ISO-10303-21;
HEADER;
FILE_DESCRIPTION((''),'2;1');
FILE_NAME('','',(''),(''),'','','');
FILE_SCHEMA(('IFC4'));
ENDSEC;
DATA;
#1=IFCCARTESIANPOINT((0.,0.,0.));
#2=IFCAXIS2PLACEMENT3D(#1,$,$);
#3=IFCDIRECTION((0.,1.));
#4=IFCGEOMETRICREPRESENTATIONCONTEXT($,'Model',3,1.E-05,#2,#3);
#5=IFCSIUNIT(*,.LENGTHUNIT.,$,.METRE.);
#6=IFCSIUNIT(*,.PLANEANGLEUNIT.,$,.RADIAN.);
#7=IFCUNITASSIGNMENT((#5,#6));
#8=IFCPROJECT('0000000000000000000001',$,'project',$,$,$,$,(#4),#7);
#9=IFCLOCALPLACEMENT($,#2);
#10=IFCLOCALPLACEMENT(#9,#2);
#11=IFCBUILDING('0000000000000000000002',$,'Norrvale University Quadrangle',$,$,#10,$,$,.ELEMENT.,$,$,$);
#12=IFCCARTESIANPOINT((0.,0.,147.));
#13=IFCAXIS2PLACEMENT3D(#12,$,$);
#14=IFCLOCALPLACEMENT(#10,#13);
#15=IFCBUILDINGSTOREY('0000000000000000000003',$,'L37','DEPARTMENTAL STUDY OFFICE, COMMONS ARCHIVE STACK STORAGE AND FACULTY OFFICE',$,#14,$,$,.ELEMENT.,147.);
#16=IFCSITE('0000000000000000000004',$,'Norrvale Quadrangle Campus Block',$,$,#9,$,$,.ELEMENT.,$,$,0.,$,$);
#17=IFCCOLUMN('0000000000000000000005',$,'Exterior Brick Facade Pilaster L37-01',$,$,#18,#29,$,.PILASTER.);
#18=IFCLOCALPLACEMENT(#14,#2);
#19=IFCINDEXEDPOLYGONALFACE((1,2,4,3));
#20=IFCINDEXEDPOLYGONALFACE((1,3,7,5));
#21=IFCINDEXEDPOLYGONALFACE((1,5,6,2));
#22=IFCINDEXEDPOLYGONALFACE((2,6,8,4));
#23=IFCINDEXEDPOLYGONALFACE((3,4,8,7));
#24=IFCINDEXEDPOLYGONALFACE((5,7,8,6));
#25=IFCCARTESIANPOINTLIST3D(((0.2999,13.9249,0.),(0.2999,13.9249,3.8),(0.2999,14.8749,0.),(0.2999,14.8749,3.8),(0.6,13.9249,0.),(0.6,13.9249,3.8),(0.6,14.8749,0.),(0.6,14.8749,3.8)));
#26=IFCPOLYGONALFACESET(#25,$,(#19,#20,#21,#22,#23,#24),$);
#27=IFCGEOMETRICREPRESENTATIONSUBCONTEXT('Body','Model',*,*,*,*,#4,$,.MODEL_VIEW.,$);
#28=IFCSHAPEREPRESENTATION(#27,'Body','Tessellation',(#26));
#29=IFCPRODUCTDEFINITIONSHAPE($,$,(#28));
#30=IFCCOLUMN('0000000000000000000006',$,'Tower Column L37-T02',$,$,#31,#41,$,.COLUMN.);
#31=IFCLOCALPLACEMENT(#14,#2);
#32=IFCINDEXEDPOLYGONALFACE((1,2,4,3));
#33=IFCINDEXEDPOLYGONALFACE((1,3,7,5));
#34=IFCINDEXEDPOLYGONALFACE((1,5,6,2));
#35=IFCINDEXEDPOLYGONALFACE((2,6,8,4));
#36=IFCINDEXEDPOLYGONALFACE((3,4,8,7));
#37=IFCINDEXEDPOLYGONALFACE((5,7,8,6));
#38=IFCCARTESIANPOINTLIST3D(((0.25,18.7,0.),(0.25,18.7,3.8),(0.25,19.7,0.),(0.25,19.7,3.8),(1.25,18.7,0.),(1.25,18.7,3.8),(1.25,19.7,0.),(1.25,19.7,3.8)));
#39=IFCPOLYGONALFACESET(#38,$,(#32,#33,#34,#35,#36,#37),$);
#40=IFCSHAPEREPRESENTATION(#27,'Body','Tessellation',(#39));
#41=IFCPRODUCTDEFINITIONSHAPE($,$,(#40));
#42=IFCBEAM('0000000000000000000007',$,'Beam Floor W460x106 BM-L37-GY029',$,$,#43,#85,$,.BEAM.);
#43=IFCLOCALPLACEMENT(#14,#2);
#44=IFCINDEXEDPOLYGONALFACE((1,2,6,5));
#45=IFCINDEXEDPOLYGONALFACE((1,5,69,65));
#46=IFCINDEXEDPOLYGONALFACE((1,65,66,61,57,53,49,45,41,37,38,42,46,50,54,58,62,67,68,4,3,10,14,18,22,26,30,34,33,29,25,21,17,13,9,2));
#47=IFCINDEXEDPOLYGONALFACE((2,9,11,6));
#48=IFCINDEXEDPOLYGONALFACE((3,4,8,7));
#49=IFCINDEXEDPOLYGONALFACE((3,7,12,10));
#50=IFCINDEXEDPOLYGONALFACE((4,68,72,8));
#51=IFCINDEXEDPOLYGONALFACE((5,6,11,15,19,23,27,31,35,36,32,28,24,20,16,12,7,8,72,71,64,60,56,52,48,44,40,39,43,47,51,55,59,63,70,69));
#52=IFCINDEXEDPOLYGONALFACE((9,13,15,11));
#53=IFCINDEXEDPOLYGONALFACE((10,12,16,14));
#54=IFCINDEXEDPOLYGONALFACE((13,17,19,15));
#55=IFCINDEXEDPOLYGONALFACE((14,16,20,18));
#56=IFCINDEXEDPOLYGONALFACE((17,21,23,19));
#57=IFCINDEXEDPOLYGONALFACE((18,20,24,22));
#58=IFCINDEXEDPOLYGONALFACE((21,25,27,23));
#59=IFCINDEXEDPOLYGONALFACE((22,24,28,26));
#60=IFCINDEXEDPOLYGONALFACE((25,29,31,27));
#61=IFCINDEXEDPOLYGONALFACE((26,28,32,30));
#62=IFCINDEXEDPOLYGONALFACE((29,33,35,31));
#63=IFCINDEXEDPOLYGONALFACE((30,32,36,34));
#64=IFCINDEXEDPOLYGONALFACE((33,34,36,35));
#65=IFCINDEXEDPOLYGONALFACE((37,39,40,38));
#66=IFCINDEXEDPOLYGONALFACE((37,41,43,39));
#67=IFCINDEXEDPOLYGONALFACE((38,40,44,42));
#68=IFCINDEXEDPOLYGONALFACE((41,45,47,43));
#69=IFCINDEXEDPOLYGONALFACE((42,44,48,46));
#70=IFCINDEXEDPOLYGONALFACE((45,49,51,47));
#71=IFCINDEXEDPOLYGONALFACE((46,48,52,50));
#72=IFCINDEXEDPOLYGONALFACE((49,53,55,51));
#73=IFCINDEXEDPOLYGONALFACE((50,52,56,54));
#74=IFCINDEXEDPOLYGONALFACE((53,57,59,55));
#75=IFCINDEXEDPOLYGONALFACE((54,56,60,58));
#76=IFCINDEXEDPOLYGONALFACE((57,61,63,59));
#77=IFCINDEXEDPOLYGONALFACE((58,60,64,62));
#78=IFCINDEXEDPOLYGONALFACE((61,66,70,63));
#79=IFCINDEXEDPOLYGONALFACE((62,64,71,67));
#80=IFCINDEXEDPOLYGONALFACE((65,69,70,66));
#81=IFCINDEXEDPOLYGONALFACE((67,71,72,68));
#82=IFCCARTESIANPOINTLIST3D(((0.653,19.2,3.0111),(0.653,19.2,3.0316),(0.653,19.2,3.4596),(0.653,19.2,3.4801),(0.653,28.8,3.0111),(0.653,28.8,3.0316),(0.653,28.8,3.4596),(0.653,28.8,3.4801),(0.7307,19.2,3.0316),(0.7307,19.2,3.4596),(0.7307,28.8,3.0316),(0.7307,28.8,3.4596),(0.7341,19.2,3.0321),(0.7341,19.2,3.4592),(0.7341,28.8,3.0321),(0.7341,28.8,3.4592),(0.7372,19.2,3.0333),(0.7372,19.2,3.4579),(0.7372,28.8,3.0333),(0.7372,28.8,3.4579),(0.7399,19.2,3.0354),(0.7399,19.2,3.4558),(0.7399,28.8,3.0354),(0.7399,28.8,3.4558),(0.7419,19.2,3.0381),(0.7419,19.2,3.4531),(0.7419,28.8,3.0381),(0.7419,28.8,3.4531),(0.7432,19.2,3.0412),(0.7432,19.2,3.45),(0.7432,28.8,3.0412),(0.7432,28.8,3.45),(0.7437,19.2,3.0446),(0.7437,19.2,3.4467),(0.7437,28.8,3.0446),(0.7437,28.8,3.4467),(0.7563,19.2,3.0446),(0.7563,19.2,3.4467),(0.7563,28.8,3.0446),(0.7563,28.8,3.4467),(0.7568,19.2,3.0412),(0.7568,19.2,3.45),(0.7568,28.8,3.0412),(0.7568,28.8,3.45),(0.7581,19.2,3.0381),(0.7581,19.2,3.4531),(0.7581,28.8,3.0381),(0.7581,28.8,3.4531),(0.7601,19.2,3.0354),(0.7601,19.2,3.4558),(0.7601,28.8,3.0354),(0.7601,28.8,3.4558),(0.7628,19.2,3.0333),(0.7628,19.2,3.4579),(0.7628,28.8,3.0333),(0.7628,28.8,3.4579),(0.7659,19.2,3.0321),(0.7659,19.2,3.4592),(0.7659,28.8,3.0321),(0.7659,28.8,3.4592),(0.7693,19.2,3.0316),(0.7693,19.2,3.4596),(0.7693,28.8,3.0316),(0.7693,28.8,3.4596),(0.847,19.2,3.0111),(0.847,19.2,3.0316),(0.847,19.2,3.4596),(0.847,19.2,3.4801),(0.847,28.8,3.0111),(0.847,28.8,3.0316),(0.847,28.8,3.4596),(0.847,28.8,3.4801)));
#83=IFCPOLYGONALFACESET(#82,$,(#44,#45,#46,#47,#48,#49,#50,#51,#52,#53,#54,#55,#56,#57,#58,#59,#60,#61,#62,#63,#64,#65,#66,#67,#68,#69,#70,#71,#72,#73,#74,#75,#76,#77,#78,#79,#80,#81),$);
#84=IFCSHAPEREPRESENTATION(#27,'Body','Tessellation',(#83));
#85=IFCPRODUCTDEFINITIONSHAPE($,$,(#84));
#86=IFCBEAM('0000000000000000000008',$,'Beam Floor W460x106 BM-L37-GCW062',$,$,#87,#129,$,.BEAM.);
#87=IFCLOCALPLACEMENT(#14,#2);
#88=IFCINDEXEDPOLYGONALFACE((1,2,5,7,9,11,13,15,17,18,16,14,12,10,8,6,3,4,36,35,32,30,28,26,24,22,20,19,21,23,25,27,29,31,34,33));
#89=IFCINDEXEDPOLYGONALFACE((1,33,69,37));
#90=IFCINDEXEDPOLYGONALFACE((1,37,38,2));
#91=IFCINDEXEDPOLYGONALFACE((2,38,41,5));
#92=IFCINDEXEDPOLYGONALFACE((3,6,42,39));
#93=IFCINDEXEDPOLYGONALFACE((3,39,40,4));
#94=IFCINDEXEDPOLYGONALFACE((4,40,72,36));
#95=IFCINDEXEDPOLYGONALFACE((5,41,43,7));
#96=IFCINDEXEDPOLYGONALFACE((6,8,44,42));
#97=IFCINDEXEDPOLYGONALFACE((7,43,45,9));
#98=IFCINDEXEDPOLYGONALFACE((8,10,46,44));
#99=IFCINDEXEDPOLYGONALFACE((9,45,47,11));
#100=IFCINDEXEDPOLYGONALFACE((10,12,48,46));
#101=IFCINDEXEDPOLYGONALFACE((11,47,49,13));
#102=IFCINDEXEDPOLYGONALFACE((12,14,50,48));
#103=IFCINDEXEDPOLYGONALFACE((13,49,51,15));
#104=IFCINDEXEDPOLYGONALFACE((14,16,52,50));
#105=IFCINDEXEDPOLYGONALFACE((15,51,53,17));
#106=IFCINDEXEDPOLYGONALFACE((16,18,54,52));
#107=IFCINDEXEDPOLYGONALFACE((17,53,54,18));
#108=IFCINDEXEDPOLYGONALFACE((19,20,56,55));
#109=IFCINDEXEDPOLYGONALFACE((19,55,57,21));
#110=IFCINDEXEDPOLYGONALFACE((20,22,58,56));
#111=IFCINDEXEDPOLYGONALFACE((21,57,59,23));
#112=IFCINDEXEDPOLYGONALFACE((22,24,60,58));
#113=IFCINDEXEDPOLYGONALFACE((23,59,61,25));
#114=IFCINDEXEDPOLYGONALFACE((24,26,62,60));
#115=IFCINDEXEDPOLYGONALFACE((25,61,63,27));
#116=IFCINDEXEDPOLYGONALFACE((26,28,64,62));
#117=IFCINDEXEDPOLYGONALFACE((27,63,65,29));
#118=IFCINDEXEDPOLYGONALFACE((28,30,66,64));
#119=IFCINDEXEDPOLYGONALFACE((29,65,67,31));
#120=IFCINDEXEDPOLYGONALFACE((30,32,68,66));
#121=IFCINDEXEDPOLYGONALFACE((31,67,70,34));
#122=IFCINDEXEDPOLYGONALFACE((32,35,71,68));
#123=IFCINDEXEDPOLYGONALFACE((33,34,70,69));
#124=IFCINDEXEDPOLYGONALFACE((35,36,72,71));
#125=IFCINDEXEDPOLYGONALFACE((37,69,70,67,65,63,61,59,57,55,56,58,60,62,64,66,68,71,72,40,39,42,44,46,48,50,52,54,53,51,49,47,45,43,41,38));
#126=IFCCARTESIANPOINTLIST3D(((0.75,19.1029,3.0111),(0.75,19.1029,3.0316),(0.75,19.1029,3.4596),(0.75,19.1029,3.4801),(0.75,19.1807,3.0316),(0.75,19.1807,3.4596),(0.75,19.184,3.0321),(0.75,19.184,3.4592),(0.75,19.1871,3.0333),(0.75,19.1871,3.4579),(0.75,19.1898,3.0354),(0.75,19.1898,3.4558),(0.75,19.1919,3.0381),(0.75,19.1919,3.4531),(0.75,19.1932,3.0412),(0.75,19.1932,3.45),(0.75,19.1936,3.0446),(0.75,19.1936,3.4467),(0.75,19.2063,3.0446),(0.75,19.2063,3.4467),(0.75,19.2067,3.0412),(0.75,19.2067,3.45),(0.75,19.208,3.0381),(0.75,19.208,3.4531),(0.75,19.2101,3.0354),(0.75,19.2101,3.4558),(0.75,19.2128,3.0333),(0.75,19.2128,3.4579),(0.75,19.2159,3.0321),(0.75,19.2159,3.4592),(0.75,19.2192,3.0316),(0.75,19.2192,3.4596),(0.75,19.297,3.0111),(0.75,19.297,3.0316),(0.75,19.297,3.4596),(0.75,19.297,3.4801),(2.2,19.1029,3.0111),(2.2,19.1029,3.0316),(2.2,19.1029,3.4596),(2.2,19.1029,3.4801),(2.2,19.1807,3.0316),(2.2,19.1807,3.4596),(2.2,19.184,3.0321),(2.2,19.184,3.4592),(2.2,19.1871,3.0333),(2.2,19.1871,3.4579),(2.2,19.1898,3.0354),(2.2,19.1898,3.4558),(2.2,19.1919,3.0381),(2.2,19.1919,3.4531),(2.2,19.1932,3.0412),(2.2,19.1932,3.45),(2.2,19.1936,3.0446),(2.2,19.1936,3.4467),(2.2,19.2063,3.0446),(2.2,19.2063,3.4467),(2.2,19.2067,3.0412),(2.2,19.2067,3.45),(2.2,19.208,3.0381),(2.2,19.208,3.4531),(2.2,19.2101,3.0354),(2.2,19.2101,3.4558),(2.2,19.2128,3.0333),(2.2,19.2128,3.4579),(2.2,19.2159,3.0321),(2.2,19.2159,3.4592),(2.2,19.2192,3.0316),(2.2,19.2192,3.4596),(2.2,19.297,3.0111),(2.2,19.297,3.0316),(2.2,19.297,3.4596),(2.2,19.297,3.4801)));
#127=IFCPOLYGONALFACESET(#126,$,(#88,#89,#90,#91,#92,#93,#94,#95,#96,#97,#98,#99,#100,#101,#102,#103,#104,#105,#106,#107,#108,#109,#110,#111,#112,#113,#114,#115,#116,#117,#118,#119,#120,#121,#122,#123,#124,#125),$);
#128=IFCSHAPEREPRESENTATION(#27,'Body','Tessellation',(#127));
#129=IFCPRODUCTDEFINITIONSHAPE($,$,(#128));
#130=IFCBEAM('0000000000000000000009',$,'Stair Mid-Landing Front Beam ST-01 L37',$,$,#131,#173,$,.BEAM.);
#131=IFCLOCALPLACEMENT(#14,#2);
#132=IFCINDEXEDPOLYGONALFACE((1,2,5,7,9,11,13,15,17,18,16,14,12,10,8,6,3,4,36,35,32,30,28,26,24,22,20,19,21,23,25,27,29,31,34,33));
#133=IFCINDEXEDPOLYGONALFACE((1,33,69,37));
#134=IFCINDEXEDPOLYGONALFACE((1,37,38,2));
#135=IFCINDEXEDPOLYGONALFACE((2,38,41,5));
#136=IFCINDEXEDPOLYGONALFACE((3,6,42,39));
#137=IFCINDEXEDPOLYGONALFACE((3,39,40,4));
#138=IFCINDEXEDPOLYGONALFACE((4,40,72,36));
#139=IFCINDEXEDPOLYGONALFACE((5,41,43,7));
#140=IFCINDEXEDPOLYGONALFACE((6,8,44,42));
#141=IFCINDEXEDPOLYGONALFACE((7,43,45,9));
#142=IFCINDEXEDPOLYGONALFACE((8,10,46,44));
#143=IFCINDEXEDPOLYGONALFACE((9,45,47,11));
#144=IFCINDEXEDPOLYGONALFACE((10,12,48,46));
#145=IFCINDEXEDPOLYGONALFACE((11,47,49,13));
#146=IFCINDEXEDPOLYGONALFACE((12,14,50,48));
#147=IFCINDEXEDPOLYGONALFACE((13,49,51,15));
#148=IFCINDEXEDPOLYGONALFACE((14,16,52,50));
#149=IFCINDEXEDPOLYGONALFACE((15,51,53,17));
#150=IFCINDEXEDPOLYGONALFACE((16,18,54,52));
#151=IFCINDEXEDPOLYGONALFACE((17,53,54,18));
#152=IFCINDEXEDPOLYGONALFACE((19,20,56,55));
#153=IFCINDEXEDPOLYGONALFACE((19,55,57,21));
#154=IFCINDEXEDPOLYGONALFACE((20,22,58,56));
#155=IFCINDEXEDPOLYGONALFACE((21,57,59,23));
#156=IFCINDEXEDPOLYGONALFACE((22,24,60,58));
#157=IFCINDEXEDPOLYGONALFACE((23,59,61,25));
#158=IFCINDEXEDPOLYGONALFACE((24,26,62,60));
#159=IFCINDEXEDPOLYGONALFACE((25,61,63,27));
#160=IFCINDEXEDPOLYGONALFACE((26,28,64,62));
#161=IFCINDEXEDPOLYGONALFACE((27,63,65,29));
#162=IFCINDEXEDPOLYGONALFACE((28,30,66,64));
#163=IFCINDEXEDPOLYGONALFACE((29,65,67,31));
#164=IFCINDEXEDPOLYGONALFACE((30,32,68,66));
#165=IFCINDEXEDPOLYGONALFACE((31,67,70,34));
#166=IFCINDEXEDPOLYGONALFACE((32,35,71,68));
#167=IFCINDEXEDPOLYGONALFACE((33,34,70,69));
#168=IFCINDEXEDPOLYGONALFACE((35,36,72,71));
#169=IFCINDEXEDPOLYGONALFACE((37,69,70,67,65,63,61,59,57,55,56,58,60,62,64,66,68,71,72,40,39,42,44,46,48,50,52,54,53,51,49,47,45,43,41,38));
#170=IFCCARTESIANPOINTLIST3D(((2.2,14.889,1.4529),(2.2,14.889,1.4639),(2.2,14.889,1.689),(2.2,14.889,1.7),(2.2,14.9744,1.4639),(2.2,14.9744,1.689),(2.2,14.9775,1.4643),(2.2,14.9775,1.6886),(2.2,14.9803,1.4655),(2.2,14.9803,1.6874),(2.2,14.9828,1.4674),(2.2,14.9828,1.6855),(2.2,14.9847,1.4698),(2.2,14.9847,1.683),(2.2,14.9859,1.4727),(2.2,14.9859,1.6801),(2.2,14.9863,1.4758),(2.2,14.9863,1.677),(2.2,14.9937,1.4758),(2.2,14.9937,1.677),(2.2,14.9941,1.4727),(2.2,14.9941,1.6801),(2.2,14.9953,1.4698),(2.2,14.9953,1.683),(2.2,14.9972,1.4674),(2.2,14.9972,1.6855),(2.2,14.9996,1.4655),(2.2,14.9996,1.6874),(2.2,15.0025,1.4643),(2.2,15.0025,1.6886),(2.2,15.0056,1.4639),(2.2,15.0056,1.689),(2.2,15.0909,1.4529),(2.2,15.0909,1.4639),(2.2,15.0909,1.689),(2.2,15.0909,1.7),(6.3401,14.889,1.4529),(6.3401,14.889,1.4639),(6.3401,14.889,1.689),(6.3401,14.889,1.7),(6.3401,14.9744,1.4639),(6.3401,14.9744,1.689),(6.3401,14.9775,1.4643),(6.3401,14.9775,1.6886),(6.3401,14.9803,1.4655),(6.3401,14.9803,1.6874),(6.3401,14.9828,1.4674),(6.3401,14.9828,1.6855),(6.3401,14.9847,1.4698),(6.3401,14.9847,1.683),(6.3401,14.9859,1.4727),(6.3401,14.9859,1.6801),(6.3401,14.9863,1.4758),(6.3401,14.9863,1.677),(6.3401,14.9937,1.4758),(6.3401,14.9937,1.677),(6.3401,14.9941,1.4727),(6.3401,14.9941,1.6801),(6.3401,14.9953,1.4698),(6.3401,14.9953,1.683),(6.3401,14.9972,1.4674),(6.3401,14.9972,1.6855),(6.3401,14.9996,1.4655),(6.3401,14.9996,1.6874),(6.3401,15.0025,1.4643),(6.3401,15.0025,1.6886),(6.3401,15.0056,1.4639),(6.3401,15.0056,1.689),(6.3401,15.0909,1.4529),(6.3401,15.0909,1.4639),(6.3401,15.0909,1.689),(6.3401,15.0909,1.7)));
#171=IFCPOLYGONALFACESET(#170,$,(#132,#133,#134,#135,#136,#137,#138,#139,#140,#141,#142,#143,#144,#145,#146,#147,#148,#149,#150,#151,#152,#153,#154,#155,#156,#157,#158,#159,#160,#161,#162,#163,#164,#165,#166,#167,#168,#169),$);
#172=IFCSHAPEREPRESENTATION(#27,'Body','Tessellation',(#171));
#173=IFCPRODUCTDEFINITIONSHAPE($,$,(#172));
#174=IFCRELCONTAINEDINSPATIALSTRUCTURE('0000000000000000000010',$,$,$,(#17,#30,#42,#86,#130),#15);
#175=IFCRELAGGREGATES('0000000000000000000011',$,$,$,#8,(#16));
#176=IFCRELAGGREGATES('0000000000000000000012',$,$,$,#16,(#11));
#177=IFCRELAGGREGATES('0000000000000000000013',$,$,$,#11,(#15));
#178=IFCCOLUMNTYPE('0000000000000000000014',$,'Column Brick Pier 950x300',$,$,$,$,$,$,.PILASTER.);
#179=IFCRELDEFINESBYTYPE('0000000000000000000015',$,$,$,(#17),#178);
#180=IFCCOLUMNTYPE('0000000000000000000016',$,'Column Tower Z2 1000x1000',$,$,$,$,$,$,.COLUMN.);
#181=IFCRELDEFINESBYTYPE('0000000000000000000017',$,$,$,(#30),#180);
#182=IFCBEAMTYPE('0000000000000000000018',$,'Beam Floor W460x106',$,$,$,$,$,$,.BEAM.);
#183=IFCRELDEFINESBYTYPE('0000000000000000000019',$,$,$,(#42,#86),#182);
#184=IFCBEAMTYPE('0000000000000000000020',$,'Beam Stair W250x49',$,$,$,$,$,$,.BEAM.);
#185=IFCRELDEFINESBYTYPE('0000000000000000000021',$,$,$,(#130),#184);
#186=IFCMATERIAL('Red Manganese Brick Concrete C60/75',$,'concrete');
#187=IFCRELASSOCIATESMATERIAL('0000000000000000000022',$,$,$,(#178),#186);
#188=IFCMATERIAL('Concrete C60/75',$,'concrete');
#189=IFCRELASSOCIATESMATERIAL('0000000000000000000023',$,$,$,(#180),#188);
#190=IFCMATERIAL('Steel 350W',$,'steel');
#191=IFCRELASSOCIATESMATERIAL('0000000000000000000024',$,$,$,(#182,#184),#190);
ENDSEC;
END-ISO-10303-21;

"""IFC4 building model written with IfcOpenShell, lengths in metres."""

from ifc_helpers import new_model, si_unit, direction, frame, origin, origin_2d, place, context, subcontext, project, spatial, rectangle, i_section, extrude, material, material_profile, profile_set, type_object, element, save


model = new_model("IFC4")

# Units and contexts
model_context = context("Model", 3, precision=1e-05, world=origin(), true_north=direction((0.0, 1.0)))
body_context = subcontext(model_context, "Body", "Model", "MODEL_VIEW")
ifc_project = project(units=[si_unit("LENGTHUNIT", "METRE"), si_unit("PLANEANGLEUNIT", "RADIAN")], contexts=[model_context])

# Site, building, storey
site_placement = place(None, origin())
site = spatial("IfcSite", under=ifc_project, at=site_placement, Name="Norrvale Quadrangle Campus Block", CompositionType="ELEMENT", RefElevation=0.0)
building_placement = place(site_placement, origin())
building = spatial("IfcBuilding", under=site, at=building_placement, Name="Norrvale University Quadrangle", CompositionType="ELEMENT")
storey_placement = place(building_placement, frame((0.0, 0.0, 147.0)))
storey = spatial("IfcBuildingStorey", under=building, at=storey_placement, Name="L37", Description="DEPARTMENTAL STUDY OFFICE, COMMONS ARCHIVE STACK STORAGE AND FACULTY OFFICE", CompositionType="ELEMENT", Elevation=147.0)

# Columns
ifc_material_1 = material(Name="Red Manganese Brick Concrete C60/75", Category="concrete")
ifc_material_profile_1 = material_profile(ifc_material_1, rectangle(XDim=0.95, YDim=0.3, at=origin_2d()), Name="Red Manganese Brick Concrete C60/75")
ifc_profile_set_1 = profile_set([ifc_material_profile_1], Name="Red Manganese Brick Concrete C60/75")
column_type_1 = type_object("IfcColumnType", Name="Column Brick Pier 950x300", PredefinedType="PILASTER", material=ifc_profile_set_1)
column_1_placement = place(storey_placement, frame((0.45, 14.3999, 0.0), z_axis=(0.0, 0.0, 1.0), x_axis=(0.0, 1.0, 0.0)))
element("IfcColumn", 1, at=column_1_placement, inside=storey, type_object=column_type_1, Name="Exterior Brick Facade Pilaster L37-01", PredefinedType="PILASTER", context=body_context, shape_type="SweptSolid", body=[
    extrude(rectangle(XDim=0.95, YDim=0.3, at=origin_2d()), origin(), (0.0, 0.0, 1.0), 3.8),
])
ifc_material_2 = material(Name="Concrete C60/75", Category="concrete")
ifc_material_profile_2 = material_profile(ifc_material_2, rectangle(XDim=1.0, YDim=1.0, at=origin_2d()), Name="Concrete C60/75")
ifc_profile_set_2 = profile_set([ifc_material_profile_2], Name="Concrete C60/75")
column_type_2 = type_object("IfcColumnType", Name="Column Tower Z2 1000x1000", PredefinedType="COLUMN", material=ifc_profile_set_2)
column_2_placement = place(storey_placement, frame((0.75, 19.2, 0.0), z_axis=(0.0, 0.0, 1.0), x_axis=(1.0, 0.0, 0.0)))
element("IfcColumn", 2, at=column_2_placement, inside=storey, type_object=column_type_2, Name="Tower Column L37-T02", PredefinedType="COLUMN", context=body_context, shape_type="SweptSolid", body=[
    extrude(rectangle(XDim=1.0, YDim=1.0, at=origin_2d()), origin(), (0.0, 0.0, 1.0), 3.8),
])

# Beams
ifc_material_3 = material(Name="Steel 350W", Category="steel")
ifc_material_profile_3 = material_profile(ifc_material_3, i_section(OverallWidth=0.1941, OverallDepth=0.469, WebThickness=0.0127, FlangeThickness=0.0205, FilletRadius=0.0129, at=origin_2d()), Name="Steel 350W")
ifc_profile_set_3 = profile_set([ifc_material_profile_3], Name="Steel 350W")
beam_type_1 = type_object("IfcBeamType", Name="Beam Floor W460x106", PredefinedType="BEAM", material=ifc_profile_set_3)
beam_1_placement = place(storey_placement, frame((0.75, 19.2, 3.2456), z_axis=(0.0, 1.0, 0.0), x_axis=(-1.0, 0.0, 0.0)))
element("IfcBeam", 3, at=beam_1_placement, inside=storey, type_object=beam_type_1, Name="Beam Floor W460x106 BM-L37-GY029", PredefinedType="BEAM", context=body_context, shape_type="SweptSolid", body=[
    extrude(i_section(OverallWidth=0.1941, OverallDepth=0.469, WebThickness=0.0127, FlangeThickness=0.0205, FilletRadius=0.0129, at=origin_2d()), origin(), (0.0, 0.0, 1.0), 9.6001),
])
beam_2_placement = place(storey_placement, frame((0.75, 19.2, 3.2456), z_axis=(1.0, 0.0, 0.0), x_axis=(0.0, 1.0, 0.0)))
element("IfcBeam", 4, at=beam_2_placement, inside=storey, type_object=beam_type_1, Name="Beam Floor W460x106 BM-L37-GCW062", PredefinedType="BEAM", context=body_context, shape_type="SweptSolid", body=[
    extrude(i_section(OverallWidth=0.1941, OverallDepth=0.469, WebThickness=0.0127, FlangeThickness=0.0205, FilletRadius=0.0129, at=origin_2d()), origin(), (0.0, 0.0, 1.0), 1.45),
])
ifc_material_profile_4 = material_profile(ifc_material_3, i_section(OverallWidth=0.2019, OverallDepth=0.2471, WebThickness=0.0073, FlangeThickness=0.011, FilletRadius=0.012, at=origin_2d()), Name="Steel 350W")
ifc_profile_set_4 = profile_set([ifc_material_profile_4], Name="Steel 350W")
beam_type_2 = type_object("IfcBeamType", Name="Beam Stair W250x49", PredefinedType="BEAM", material=ifc_profile_set_4)
for number, where, z_axis, x_axis, name in (
    (5, (2.2, 14.99, 1.5764), (1.0, 0.0, 0.0), (0.0, 1.0, 0.0), "Stair Mid-Landing Front Beam ST-01 L37"),
):
    element("IfcBeam", number, at=place(storey_placement, frame(where, z_axis=z_axis, x_axis=x_axis)), inside=storey, type_object=beam_type_2, Name=name, PredefinedType="BEAM", context=body_context, shape_type="SweptSolid", body=[
        extrude(i_section(OverallWidth=0.2019, OverallDepth=0.2471, WebThickness=0.0073, FlangeThickness=0.011, FilletRadius=0.012, at=origin_2d()), origin(), (0.0, 0.0, 1.0), 4.1401),
    ])

save(model, "model.ifc")
